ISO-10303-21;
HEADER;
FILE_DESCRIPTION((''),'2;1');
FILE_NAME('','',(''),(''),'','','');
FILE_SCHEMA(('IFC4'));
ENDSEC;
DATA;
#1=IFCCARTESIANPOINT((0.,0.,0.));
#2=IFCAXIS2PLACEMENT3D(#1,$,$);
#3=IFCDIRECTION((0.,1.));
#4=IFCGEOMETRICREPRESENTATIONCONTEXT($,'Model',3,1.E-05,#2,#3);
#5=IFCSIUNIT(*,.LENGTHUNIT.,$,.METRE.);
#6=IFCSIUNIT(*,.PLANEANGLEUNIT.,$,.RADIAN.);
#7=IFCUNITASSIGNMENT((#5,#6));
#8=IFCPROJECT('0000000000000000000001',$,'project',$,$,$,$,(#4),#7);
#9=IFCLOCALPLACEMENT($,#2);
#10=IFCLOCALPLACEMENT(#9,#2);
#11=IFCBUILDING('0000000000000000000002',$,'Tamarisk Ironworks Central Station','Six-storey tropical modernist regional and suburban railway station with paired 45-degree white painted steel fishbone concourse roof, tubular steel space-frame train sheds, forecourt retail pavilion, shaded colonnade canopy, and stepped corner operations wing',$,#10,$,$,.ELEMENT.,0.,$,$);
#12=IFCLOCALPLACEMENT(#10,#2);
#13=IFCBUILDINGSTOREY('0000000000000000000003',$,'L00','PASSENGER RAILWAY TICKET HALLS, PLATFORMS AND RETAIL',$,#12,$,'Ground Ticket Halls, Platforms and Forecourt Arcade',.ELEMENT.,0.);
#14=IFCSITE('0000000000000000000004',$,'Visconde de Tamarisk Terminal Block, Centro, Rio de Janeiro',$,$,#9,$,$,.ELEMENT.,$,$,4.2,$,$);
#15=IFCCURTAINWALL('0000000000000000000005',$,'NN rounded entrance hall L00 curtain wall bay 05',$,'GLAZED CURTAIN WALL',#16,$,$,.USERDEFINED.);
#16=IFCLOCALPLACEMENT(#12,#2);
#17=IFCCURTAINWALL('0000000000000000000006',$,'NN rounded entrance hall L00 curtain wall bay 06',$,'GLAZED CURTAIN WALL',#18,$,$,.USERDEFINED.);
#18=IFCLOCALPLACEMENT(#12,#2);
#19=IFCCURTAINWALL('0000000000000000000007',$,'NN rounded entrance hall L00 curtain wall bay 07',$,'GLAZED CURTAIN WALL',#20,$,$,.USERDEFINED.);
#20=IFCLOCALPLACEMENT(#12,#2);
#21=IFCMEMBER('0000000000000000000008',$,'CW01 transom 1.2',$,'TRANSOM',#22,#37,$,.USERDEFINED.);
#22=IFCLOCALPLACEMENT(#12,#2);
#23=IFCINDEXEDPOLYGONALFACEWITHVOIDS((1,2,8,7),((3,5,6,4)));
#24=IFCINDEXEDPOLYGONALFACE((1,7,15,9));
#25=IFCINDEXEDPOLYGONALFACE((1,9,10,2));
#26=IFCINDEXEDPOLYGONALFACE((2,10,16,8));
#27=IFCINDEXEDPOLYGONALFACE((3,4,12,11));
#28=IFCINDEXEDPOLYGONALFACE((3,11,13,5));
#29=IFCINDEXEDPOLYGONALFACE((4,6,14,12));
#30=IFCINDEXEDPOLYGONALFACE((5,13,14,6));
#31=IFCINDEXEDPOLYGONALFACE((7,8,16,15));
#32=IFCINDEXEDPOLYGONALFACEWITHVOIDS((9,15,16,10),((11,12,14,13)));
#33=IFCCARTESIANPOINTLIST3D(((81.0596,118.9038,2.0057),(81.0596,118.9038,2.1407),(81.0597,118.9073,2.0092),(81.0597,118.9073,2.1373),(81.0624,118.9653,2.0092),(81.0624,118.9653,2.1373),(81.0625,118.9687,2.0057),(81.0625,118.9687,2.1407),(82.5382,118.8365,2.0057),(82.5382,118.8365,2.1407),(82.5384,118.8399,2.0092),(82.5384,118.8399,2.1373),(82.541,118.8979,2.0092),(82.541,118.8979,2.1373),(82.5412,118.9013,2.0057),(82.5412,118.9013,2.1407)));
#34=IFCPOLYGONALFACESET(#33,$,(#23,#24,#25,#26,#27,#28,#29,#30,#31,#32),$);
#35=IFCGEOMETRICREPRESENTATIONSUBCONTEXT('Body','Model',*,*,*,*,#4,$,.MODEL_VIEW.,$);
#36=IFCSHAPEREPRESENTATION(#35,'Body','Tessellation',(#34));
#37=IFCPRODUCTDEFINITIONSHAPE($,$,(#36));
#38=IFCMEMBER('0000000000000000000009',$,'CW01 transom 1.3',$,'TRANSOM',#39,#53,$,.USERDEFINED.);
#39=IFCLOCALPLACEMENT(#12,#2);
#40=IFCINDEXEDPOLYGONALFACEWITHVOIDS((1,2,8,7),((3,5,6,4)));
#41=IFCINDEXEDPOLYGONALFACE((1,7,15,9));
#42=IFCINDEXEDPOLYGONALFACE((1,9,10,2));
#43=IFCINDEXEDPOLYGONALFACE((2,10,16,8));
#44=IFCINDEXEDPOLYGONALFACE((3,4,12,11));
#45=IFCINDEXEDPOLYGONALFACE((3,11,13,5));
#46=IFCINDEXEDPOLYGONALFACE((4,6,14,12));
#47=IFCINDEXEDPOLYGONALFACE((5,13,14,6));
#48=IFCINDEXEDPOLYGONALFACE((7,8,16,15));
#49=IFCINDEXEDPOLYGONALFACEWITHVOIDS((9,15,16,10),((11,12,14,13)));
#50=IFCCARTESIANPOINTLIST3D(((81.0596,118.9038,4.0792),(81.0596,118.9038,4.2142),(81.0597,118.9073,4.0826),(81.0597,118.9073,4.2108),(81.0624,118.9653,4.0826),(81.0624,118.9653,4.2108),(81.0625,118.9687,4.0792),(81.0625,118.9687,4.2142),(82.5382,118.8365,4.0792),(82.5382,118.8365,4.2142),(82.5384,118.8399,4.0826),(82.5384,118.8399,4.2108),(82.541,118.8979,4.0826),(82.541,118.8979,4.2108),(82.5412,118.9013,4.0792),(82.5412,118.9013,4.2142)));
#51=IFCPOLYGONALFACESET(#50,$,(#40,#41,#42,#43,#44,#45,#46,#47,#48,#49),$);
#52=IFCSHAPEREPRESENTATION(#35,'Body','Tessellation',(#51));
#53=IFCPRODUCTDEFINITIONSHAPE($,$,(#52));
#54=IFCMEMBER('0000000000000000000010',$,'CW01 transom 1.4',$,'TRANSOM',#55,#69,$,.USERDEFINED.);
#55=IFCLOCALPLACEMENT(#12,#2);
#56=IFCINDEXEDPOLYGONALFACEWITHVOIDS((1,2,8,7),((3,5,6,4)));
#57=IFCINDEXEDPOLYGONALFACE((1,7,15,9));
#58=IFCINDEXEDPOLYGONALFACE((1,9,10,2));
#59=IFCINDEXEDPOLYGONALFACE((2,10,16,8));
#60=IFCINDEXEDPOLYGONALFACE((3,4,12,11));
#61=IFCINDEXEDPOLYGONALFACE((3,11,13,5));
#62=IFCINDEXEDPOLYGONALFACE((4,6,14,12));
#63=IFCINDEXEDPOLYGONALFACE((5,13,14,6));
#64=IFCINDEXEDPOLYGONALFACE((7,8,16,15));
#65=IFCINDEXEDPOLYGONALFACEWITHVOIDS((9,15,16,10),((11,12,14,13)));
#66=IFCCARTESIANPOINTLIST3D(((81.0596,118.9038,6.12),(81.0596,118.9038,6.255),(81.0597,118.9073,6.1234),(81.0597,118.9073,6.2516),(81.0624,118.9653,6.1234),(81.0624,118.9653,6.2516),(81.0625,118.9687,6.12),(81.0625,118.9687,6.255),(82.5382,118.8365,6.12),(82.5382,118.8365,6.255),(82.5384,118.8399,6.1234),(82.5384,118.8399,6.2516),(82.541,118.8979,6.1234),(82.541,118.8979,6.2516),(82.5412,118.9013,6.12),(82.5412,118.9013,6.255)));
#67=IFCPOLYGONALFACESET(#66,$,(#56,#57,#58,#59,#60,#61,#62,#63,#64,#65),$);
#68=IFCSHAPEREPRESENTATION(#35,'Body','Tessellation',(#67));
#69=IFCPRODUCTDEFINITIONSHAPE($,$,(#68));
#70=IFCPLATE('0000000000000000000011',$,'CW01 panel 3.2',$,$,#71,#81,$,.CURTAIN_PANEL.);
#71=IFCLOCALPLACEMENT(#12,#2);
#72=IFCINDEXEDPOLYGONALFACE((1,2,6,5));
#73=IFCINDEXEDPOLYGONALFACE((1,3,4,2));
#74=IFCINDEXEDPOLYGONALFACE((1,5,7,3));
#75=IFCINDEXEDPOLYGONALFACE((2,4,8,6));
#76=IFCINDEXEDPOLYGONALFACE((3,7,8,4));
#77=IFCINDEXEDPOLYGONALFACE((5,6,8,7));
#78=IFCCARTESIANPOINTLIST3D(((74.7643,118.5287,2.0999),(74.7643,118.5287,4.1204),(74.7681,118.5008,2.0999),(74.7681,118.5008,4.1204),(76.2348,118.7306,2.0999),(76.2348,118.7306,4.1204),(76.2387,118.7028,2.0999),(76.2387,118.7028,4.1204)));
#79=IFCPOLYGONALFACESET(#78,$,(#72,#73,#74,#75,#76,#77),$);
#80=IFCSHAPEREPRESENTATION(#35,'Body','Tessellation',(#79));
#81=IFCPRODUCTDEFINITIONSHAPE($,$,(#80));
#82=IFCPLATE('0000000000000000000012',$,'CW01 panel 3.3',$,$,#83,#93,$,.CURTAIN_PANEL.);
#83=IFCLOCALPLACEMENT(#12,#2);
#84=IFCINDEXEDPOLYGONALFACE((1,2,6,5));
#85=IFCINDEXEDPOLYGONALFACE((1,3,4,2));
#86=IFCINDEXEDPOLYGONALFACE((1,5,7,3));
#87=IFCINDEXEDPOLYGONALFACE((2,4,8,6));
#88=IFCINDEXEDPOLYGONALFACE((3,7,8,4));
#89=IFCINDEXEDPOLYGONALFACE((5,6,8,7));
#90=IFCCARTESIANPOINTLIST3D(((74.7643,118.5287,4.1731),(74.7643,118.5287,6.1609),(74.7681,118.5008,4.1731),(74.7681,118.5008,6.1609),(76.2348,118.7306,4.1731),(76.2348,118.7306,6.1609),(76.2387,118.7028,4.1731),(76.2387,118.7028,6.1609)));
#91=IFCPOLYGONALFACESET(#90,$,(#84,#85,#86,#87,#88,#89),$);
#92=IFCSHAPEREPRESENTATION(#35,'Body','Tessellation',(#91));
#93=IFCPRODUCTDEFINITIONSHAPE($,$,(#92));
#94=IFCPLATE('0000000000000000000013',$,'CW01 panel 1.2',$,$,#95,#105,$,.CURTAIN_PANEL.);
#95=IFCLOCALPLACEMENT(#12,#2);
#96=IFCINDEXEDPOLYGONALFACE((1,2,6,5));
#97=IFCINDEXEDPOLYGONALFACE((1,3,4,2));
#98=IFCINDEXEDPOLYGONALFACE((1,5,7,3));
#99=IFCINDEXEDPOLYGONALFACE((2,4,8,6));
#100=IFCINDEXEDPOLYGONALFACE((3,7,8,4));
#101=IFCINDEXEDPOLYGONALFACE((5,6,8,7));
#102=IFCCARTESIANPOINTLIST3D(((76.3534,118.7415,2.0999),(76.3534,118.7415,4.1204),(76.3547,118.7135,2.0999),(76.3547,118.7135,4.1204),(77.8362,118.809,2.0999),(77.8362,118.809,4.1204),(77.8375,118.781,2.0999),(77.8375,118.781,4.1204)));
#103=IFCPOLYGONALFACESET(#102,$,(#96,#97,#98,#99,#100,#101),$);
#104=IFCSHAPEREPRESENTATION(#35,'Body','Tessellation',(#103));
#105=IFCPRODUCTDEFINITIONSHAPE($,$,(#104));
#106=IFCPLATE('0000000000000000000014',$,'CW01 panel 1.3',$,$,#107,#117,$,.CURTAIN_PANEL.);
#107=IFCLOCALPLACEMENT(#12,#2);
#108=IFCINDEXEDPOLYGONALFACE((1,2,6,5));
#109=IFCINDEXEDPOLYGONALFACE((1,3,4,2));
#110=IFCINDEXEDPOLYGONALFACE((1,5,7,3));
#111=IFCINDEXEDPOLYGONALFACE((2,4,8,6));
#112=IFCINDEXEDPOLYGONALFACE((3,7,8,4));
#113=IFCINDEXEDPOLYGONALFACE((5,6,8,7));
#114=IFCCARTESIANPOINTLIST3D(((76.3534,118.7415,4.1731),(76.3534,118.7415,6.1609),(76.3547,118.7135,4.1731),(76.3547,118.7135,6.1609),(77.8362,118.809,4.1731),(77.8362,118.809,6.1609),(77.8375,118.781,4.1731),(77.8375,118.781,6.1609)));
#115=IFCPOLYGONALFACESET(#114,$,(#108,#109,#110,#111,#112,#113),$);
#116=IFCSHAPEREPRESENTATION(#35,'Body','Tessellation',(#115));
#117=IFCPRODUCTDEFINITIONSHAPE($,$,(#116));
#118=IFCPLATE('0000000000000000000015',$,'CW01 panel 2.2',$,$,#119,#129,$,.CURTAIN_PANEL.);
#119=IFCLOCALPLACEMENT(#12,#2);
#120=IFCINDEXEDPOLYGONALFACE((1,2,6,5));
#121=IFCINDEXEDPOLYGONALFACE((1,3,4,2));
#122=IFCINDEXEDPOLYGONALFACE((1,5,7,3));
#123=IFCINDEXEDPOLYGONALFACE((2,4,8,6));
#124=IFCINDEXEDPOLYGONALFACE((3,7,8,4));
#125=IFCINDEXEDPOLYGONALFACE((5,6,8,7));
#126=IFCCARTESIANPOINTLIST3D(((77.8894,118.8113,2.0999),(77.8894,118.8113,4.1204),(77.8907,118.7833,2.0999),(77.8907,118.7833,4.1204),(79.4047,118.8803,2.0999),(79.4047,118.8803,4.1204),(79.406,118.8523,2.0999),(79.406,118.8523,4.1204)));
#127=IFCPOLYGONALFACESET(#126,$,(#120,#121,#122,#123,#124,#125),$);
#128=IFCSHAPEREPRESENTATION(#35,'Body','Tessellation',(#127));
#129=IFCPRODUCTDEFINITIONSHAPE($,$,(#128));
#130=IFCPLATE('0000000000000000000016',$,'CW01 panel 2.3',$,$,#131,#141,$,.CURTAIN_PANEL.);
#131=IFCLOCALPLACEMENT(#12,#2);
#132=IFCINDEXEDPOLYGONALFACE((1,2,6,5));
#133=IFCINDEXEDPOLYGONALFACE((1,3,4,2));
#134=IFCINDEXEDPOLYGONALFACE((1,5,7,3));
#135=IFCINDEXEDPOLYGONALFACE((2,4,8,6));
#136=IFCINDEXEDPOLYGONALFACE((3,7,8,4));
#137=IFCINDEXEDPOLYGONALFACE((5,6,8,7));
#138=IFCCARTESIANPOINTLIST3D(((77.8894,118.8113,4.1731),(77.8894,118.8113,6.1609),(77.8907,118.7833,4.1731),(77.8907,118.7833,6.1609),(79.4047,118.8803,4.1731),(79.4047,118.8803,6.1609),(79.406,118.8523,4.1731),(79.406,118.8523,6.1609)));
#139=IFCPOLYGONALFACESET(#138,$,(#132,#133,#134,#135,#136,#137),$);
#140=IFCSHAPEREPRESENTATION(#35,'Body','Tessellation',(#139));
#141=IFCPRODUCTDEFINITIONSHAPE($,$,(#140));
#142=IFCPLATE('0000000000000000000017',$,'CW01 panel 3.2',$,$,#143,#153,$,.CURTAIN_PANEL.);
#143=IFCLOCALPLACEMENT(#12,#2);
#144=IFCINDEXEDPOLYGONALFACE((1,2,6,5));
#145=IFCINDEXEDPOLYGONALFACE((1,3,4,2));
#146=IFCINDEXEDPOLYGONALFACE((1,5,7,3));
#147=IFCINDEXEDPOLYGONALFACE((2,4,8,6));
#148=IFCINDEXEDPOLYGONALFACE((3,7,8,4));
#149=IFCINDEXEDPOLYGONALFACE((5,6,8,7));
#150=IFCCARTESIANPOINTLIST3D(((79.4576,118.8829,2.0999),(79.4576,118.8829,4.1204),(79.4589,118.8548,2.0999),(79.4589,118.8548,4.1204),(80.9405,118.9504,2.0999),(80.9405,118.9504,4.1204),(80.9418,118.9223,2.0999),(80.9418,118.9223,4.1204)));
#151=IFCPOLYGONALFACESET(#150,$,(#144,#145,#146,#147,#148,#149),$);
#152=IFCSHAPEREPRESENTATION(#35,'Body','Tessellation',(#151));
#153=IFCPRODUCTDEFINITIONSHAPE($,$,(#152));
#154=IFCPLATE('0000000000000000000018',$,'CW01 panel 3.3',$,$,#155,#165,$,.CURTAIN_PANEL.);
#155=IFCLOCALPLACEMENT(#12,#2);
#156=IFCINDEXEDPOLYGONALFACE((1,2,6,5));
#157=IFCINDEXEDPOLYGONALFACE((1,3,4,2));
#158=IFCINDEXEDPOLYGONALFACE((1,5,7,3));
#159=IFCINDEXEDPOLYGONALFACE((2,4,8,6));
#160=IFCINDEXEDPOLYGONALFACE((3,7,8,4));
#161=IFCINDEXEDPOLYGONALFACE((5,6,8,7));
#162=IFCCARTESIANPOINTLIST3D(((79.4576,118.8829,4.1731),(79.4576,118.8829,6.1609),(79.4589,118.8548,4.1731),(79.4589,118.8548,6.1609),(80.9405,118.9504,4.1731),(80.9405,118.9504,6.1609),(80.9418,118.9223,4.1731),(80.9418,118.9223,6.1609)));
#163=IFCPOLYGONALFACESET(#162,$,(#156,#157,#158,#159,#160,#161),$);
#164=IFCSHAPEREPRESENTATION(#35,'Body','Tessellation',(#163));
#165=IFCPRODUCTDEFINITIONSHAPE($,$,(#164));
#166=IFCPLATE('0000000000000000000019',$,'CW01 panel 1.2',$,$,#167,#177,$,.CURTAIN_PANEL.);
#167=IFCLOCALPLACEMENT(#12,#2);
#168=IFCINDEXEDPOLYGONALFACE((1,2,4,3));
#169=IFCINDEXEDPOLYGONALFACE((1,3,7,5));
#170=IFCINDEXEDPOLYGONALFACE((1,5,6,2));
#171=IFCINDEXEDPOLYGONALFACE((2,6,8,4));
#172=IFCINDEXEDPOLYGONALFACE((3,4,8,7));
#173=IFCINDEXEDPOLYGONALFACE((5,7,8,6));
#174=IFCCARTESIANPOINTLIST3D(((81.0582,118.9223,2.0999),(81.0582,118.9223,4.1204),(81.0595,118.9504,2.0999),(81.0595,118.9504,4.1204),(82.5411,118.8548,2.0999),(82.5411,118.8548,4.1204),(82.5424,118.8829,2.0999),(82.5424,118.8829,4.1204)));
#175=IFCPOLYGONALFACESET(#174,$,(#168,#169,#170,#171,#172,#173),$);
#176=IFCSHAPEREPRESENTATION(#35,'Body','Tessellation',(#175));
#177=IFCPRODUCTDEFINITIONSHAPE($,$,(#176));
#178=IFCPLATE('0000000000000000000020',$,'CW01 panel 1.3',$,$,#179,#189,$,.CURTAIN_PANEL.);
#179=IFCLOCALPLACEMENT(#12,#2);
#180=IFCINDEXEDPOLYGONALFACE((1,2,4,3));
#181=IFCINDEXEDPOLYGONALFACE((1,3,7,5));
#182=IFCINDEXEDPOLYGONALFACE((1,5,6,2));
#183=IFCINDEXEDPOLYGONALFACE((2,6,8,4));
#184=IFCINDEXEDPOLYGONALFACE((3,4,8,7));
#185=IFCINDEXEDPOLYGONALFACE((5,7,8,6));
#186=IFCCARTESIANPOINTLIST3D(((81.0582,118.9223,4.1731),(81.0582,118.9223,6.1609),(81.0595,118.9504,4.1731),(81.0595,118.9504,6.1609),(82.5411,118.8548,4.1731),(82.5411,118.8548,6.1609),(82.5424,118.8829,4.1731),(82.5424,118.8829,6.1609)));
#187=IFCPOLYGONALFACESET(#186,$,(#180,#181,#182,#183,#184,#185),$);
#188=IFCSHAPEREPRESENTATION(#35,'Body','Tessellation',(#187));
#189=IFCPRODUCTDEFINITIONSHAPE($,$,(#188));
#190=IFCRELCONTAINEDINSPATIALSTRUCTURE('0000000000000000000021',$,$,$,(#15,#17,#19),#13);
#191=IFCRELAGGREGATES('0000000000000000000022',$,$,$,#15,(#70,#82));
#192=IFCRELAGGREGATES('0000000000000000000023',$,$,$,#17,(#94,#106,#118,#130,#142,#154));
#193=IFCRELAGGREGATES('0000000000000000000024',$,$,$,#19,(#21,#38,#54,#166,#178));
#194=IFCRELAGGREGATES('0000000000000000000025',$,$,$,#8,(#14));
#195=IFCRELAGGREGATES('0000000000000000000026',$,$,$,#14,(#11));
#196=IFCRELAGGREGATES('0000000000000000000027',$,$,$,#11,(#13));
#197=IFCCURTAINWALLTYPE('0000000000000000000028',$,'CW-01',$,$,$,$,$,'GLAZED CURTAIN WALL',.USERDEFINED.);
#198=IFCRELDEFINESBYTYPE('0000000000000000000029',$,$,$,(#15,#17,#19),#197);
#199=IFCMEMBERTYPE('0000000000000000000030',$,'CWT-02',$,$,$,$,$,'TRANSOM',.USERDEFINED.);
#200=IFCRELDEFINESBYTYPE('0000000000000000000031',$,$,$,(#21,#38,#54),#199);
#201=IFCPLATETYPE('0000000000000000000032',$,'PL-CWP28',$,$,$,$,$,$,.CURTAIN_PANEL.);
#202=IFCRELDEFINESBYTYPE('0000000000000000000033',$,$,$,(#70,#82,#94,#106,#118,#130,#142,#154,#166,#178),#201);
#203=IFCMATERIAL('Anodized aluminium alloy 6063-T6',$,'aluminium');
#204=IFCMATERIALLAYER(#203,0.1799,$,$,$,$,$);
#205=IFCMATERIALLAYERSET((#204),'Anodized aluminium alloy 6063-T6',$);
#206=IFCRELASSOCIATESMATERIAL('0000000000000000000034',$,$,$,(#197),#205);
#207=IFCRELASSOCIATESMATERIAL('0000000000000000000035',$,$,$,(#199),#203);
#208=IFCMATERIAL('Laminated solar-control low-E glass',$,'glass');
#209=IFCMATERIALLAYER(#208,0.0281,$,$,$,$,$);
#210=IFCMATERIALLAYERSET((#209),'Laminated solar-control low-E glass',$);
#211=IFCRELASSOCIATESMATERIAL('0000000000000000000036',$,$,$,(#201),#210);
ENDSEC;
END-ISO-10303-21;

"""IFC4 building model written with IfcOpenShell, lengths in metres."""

from ifc_helpers import new_model, si_unit, direction, frame, origin, origin_2d, place, context, subcontext, project, spatial, rectangle, hollow_rectangle, extrude, material, layer, layer_set, material_profile, profile_set, type_object, element, aggregate, save


model = new_model("IFC4")

# Units and contexts
model_context = context("Model", 3, precision=1e-05, world=origin(), true_north=direction((0.0, 1.0)))
body_context = subcontext(model_context, "Body", "Model", "MODEL_VIEW")
ifc_project = project(units=[si_unit("LENGTHUNIT", "METRE"), si_unit("PLANEANGLEUNIT", "RADIAN")], contexts=[model_context])

# Site, building, storey
site_placement = place(None, origin())
site = spatial("IfcSite", under=ifc_project, at=site_placement, Name="Visconde de Tamarisk Terminal Block, Centro, Rio de Janeiro", CompositionType="ELEMENT", RefElevation=4.2)
building_placement = place(site_placement, origin())
building = spatial("IfcBuilding", under=site, at=building_placement, Name="Tamarisk Ironworks Central Station", Description="Six-storey tropical modernist regional and suburban railway station with paired 45-degree white painted steel fishbone concourse roof, tubular steel space-frame train sheds, forecourt retail pavilion, shaded colonnade canopy, and stepped corner operations wing", CompositionType="ELEMENT", ElevationOfRefHeight=0.0)
storey_placement = place(building_placement, origin())
storey = spatial("IfcBuildingStorey", under=building, at=storey_placement, Name="L00", Description="PASSENGER RAILWAY TICKET HALLS, PLATFORMS AND RETAIL", LongName="Ground Ticket Halls, Platforms and Forecourt Arcade", CompositionType="ELEMENT", Elevation=0.0)

# Curtain walls, members
ifc_material_1 = material(Name="Anodized aluminium alloy 6063-T6", Category="aluminium")
ifc_layer_1 = layer(ifc_material_1, 0.1799)
ifc_layer_set_1 = layer_set([ifc_layer_1], Name="Anodized aluminium alloy 6063-T6")
curtain_wall_type = type_object("IfcCurtainWallType", Name="CW-01", ElementType="GLAZED CURTAIN WALL", PredefinedType="USERDEFINED", material=ifc_layer_set_1)
curtain_wall_1_placement = place(storey_placement, origin())
curtain_wall_1 = element("IfcCurtainWall", 1, at=curtain_wall_1_placement, inside=storey, type_object=curtain_wall_type, Name="NN rounded entrance hall L00 curtain wall bay 05", ObjectType="GLAZED CURTAIN WALL", PredefinedType="USERDEFINED")
ifc_material_profile = material_profile(ifc_material_1, hollow_rectangle(XDim=0.0649, YDim=0.135, WallThickness=0.0034, at=origin_2d()), Name="ALUM 135x65")
ifc_profile_set = profile_set([ifc_material_profile], Name="Anodized aluminium alloy 6063-T6")
member_type = type_object("IfcMemberType", Name="CWT-02", ElementType="TRANSOM", PredefinedType="USERDEFINED", material=ifc_profile_set)
curtain_wall_2_placement = place(storey_placement, origin())
curtain_wall_2 = element("IfcCurtainWall", 2, at=curtain_wall_2_placement, inside=storey, type_object=curtain_wall_type, Name="NN rounded entrance hall L00 curtain wall bay 06", ObjectType="GLAZED CURTAIN WALL", PredefinedType="USERDEFINED")
curtain_wall_3_placement = place(storey_placement, origin())
curtain_wall_3 = element("IfcCurtainWall", 3, at=curtain_wall_3_placement, inside=storey, type_object=curtain_wall_type, Name="NN rounded entrance hall L00 curtain wall bay 07", ObjectType="GLAZED CURTAIN WALL", PredefinedType="USERDEFINED")
member_1_placement = place(storey_placement, frame((81.061, 118.9363, 2.0732), z_axis=(0.998963, -0.04552, 0.0), x_axis=(0.04552, 0.998963, 0.0)))
member_1 = element("IfcMember", 4, at=member_1_placement, type_object=member_type, Name="CW01 transom 1.2", ObjectType="TRANSOM", PredefinedType="USERDEFINED", context=body_context, shape_type="SweptSolid", body=[
    extrude(hollow_rectangle(XDim=0.0649, YDim=0.135, WallThickness=0.0034, at=origin_2d()), origin(), (0.0, 0.0, 1.0), 1.4802),
])
member_2_placement = place(storey_placement, frame((81.061, 118.9363, 4.1467), z_axis=(0.998963, -0.04552, 0.0), x_axis=(0.04552, 0.998963, 0.0)))
member_2 = element("IfcMember", 5, at=member_2_placement, type_object=member_type, Name="CW01 transom 1.3", ObjectType="TRANSOM", PredefinedType="USERDEFINED", context=body_context, shape_type="SweptSolid", body=[
    extrude(hollow_rectangle(XDim=0.0649, YDim=0.135, WallThickness=0.0034, at=origin_2d()), origin(), (0.0, 0.0, 1.0), 1.4802),
])
member_3_placement = place(storey_placement, frame((81.061, 118.9363, 6.1875), z_axis=(0.998963, -0.04552, 0.0), x_axis=(0.04552, 0.998963, 0.0)))
member_3 = element("IfcMember", 6, at=member_3_placement, type_object=member_type, Name="CW01 transom 1.4", ObjectType="TRANSOM", PredefinedType="USERDEFINED", context=body_context, shape_type="SweptSolid", body=[
    extrude(hollow_rectangle(XDim=0.0649, YDim=0.135, WallThickness=0.0034, at=origin_2d()), origin(), (0.0, 0.0, 1.0), 1.4802),
])

# Plates
ifc_material_2 = material(Name="Laminated solar-control low-E glass", Category="glass")
ifc_layer_2 = layer(ifc_material_2, 0.0281)
ifc_layer_set_2 = layer_set([ifc_layer_2], Name="Laminated solar-control low-E glass")
plate_type = type_object("IfcPlateType", Name="PL-CWP28", PredefinedType="CURTAIN_PANEL", material=ifc_layer_set_2)
plate_1_placement = place(storey_placement, frame((75.5015, 118.6157, 2.0999), z_axis=(0.0, 0.0, 1.0), x_axis=(0.990703, 0.136042, 0.0)))
plate_1 = element("IfcPlate", 7, at=plate_1_placement, type_object=plate_type, Name="CW01 panel 3.2", PredefinedType="CURTAIN_PANEL", context=body_context, shape_type="SweptSolid", body=[
    extrude(rectangle(XDim=1.4844, YDim=0.0281, at=origin_2d()), origin(), (0.0, 0.0, 1.0), 2.0205),
])
plate_2_placement = place(storey_placement, frame((75.5015, 118.6157, 4.1731), z_axis=(0.0, 0.0, 1.0), x_axis=(0.990703, 0.136042, 0.0)))
plate_2 = element("IfcPlate", 8, at=plate_2_placement, type_object=plate_type, Name="CW01 panel 3.3", PredefinedType="CURTAIN_PANEL", context=body_context, shape_type="SweptSolid", body=[
    extrude(rectangle(XDim=1.4844, YDim=0.0281, at=origin_2d()), origin(), (0.0, 0.0, 1.0), 1.9878),
])
aggregate(curtain_wall_1, [plate_1, plate_2])
plate_3_placement = place(storey_placement, frame((77.0955, 118.7612, 2.0999), z_axis=(0.0, 0.0, 1.0), x_axis=(0.998965, 0.045481, 0.0)))
plate_3 = element("IfcPlate", 9, at=plate_3_placement, type_object=plate_type, Name="CW01 panel 1.2", PredefinedType="CURTAIN_PANEL", context=body_context, shape_type="SweptSolid", body=[
    extrude(rectangle(XDim=1.4844, YDim=0.0281, at=origin_2d()), origin(), (0.0, 0.0, 1.0), 2.0205),
])
plate_4_placement = place(storey_placement, frame((77.0955, 118.7612, 4.1731), z_axis=(0.0, 0.0, 1.0), x_axis=(0.998965, 0.045481, 0.0)))
plate_4 = element("IfcPlate", 10, at=plate_4_placement, type_object=plate_type, Name="CW01 panel 1.3", PredefinedType="CURTAIN_PANEL", context=body_context, shape_type="SweptSolid", body=[
    extrude(rectangle(XDim=1.4844, YDim=0.0281, at=origin_2d()), origin(), (0.0, 0.0, 1.0), 1.9878),
])
plate_5_placement = place(storey_placement, frame((78.6477, 118.8318, 2.0999), z_axis=(0.0, 0.0, 1.0), x_axis=(0.998965, 0.045481, 0.0)))
plate_5 = element("IfcPlate", 11, at=plate_5_placement, type_object=plate_type, Name="CW01 panel 2.2", PredefinedType="CURTAIN_PANEL", context=body_context, shape_type="SweptSolid", body=[
    extrude(rectangle(XDim=1.5168, YDim=0.0281, at=origin_2d()), origin(), (0.0, 0.0, 1.0), 2.0205),
])
plate_6_placement = place(storey_placement, frame((78.6477, 118.8318, 4.1731), z_axis=(0.0, 0.0, 1.0), x_axis=(0.998965, 0.045481, 0.0)))
plate_6 = element("IfcPlate", 12, at=plate_6_placement, type_object=plate_type, Name="CW01 panel 2.3", PredefinedType="CURTAIN_PANEL", context=body_context, shape_type="SweptSolid", body=[
    extrude(rectangle(XDim=1.5168, YDim=0.0281, at=origin_2d()), origin(), (0.0, 0.0, 1.0), 1.9878),
])
plate_7_placement = place(storey_placement, frame((80.1997, 118.9026, 2.0999), z_axis=(0.0, 0.0, 1.0), x_axis=(0.998965, 0.045481, 0.0)))
plate_7 = element("IfcPlate", 13, at=plate_7_placement, type_object=plate_type, Name="CW01 panel 3.2", PredefinedType="CURTAIN_PANEL", context=body_context, shape_type="SweptSolid", body=[
    extrude(rectangle(XDim=1.4844, YDim=0.0281, at=origin_2d()), origin(), (0.0, 0.0, 1.0), 2.0205),
])
plate_8_placement = place(storey_placement, frame((80.1997, 118.9026, 4.1731), z_axis=(0.0, 0.0, 1.0), x_axis=(0.998965, 0.045481, 0.0)))
plate_8 = element("IfcPlate", 14, at=plate_8_placement, type_object=plate_type, Name="CW01 panel 3.3", PredefinedType="CURTAIN_PANEL", context=body_context, shape_type="SweptSolid", body=[
    extrude(rectangle(XDim=1.4844, YDim=0.0281, at=origin_2d()), origin(), (0.0, 0.0, 1.0), 1.9878),
])
aggregate(curtain_wall_2, [plate_3, plate_4, plate_5, plate_6, plate_7, plate_8])
plate_9_placement = place(storey_placement, frame((81.8003, 118.9026, 2.0999), z_axis=(0.0, 0.0, 1.0), x_axis=(0.998965, -0.045481, 0.0)))
plate_9 = element("IfcPlate", 15, at=plate_9_placement, type_object=plate_type, Name="CW01 panel 1.2", PredefinedType="CURTAIN_PANEL", context=body_context, shape_type="SweptSolid", body=[
    extrude(rectangle(XDim=1.4844, YDim=0.0281, at=origin_2d()), origin(), (0.0, 0.0, 1.0), 2.0205),
])
plate_10_placement = place(storey_placement, frame((81.8003, 118.9026, 4.1731), z_axis=(0.0, 0.0, 1.0), x_axis=(0.998965, -0.045481, 0.0)))
plate_10 = element("IfcPlate", 16, at=plate_10_placement, type_object=plate_type, Name="CW01 panel 1.3", PredefinedType="CURTAIN_PANEL", context=body_context, shape_type="SweptSolid", body=[
    extrude(rectangle(XDim=1.4844, YDim=0.0281, at=origin_2d()), origin(), (0.0, 0.0, 1.0), 1.9878),
])
aggregate(curtain_wall_3, [member_1, member_2, member_3, plate_9, plate_10])

save(model, "model.ifc")
